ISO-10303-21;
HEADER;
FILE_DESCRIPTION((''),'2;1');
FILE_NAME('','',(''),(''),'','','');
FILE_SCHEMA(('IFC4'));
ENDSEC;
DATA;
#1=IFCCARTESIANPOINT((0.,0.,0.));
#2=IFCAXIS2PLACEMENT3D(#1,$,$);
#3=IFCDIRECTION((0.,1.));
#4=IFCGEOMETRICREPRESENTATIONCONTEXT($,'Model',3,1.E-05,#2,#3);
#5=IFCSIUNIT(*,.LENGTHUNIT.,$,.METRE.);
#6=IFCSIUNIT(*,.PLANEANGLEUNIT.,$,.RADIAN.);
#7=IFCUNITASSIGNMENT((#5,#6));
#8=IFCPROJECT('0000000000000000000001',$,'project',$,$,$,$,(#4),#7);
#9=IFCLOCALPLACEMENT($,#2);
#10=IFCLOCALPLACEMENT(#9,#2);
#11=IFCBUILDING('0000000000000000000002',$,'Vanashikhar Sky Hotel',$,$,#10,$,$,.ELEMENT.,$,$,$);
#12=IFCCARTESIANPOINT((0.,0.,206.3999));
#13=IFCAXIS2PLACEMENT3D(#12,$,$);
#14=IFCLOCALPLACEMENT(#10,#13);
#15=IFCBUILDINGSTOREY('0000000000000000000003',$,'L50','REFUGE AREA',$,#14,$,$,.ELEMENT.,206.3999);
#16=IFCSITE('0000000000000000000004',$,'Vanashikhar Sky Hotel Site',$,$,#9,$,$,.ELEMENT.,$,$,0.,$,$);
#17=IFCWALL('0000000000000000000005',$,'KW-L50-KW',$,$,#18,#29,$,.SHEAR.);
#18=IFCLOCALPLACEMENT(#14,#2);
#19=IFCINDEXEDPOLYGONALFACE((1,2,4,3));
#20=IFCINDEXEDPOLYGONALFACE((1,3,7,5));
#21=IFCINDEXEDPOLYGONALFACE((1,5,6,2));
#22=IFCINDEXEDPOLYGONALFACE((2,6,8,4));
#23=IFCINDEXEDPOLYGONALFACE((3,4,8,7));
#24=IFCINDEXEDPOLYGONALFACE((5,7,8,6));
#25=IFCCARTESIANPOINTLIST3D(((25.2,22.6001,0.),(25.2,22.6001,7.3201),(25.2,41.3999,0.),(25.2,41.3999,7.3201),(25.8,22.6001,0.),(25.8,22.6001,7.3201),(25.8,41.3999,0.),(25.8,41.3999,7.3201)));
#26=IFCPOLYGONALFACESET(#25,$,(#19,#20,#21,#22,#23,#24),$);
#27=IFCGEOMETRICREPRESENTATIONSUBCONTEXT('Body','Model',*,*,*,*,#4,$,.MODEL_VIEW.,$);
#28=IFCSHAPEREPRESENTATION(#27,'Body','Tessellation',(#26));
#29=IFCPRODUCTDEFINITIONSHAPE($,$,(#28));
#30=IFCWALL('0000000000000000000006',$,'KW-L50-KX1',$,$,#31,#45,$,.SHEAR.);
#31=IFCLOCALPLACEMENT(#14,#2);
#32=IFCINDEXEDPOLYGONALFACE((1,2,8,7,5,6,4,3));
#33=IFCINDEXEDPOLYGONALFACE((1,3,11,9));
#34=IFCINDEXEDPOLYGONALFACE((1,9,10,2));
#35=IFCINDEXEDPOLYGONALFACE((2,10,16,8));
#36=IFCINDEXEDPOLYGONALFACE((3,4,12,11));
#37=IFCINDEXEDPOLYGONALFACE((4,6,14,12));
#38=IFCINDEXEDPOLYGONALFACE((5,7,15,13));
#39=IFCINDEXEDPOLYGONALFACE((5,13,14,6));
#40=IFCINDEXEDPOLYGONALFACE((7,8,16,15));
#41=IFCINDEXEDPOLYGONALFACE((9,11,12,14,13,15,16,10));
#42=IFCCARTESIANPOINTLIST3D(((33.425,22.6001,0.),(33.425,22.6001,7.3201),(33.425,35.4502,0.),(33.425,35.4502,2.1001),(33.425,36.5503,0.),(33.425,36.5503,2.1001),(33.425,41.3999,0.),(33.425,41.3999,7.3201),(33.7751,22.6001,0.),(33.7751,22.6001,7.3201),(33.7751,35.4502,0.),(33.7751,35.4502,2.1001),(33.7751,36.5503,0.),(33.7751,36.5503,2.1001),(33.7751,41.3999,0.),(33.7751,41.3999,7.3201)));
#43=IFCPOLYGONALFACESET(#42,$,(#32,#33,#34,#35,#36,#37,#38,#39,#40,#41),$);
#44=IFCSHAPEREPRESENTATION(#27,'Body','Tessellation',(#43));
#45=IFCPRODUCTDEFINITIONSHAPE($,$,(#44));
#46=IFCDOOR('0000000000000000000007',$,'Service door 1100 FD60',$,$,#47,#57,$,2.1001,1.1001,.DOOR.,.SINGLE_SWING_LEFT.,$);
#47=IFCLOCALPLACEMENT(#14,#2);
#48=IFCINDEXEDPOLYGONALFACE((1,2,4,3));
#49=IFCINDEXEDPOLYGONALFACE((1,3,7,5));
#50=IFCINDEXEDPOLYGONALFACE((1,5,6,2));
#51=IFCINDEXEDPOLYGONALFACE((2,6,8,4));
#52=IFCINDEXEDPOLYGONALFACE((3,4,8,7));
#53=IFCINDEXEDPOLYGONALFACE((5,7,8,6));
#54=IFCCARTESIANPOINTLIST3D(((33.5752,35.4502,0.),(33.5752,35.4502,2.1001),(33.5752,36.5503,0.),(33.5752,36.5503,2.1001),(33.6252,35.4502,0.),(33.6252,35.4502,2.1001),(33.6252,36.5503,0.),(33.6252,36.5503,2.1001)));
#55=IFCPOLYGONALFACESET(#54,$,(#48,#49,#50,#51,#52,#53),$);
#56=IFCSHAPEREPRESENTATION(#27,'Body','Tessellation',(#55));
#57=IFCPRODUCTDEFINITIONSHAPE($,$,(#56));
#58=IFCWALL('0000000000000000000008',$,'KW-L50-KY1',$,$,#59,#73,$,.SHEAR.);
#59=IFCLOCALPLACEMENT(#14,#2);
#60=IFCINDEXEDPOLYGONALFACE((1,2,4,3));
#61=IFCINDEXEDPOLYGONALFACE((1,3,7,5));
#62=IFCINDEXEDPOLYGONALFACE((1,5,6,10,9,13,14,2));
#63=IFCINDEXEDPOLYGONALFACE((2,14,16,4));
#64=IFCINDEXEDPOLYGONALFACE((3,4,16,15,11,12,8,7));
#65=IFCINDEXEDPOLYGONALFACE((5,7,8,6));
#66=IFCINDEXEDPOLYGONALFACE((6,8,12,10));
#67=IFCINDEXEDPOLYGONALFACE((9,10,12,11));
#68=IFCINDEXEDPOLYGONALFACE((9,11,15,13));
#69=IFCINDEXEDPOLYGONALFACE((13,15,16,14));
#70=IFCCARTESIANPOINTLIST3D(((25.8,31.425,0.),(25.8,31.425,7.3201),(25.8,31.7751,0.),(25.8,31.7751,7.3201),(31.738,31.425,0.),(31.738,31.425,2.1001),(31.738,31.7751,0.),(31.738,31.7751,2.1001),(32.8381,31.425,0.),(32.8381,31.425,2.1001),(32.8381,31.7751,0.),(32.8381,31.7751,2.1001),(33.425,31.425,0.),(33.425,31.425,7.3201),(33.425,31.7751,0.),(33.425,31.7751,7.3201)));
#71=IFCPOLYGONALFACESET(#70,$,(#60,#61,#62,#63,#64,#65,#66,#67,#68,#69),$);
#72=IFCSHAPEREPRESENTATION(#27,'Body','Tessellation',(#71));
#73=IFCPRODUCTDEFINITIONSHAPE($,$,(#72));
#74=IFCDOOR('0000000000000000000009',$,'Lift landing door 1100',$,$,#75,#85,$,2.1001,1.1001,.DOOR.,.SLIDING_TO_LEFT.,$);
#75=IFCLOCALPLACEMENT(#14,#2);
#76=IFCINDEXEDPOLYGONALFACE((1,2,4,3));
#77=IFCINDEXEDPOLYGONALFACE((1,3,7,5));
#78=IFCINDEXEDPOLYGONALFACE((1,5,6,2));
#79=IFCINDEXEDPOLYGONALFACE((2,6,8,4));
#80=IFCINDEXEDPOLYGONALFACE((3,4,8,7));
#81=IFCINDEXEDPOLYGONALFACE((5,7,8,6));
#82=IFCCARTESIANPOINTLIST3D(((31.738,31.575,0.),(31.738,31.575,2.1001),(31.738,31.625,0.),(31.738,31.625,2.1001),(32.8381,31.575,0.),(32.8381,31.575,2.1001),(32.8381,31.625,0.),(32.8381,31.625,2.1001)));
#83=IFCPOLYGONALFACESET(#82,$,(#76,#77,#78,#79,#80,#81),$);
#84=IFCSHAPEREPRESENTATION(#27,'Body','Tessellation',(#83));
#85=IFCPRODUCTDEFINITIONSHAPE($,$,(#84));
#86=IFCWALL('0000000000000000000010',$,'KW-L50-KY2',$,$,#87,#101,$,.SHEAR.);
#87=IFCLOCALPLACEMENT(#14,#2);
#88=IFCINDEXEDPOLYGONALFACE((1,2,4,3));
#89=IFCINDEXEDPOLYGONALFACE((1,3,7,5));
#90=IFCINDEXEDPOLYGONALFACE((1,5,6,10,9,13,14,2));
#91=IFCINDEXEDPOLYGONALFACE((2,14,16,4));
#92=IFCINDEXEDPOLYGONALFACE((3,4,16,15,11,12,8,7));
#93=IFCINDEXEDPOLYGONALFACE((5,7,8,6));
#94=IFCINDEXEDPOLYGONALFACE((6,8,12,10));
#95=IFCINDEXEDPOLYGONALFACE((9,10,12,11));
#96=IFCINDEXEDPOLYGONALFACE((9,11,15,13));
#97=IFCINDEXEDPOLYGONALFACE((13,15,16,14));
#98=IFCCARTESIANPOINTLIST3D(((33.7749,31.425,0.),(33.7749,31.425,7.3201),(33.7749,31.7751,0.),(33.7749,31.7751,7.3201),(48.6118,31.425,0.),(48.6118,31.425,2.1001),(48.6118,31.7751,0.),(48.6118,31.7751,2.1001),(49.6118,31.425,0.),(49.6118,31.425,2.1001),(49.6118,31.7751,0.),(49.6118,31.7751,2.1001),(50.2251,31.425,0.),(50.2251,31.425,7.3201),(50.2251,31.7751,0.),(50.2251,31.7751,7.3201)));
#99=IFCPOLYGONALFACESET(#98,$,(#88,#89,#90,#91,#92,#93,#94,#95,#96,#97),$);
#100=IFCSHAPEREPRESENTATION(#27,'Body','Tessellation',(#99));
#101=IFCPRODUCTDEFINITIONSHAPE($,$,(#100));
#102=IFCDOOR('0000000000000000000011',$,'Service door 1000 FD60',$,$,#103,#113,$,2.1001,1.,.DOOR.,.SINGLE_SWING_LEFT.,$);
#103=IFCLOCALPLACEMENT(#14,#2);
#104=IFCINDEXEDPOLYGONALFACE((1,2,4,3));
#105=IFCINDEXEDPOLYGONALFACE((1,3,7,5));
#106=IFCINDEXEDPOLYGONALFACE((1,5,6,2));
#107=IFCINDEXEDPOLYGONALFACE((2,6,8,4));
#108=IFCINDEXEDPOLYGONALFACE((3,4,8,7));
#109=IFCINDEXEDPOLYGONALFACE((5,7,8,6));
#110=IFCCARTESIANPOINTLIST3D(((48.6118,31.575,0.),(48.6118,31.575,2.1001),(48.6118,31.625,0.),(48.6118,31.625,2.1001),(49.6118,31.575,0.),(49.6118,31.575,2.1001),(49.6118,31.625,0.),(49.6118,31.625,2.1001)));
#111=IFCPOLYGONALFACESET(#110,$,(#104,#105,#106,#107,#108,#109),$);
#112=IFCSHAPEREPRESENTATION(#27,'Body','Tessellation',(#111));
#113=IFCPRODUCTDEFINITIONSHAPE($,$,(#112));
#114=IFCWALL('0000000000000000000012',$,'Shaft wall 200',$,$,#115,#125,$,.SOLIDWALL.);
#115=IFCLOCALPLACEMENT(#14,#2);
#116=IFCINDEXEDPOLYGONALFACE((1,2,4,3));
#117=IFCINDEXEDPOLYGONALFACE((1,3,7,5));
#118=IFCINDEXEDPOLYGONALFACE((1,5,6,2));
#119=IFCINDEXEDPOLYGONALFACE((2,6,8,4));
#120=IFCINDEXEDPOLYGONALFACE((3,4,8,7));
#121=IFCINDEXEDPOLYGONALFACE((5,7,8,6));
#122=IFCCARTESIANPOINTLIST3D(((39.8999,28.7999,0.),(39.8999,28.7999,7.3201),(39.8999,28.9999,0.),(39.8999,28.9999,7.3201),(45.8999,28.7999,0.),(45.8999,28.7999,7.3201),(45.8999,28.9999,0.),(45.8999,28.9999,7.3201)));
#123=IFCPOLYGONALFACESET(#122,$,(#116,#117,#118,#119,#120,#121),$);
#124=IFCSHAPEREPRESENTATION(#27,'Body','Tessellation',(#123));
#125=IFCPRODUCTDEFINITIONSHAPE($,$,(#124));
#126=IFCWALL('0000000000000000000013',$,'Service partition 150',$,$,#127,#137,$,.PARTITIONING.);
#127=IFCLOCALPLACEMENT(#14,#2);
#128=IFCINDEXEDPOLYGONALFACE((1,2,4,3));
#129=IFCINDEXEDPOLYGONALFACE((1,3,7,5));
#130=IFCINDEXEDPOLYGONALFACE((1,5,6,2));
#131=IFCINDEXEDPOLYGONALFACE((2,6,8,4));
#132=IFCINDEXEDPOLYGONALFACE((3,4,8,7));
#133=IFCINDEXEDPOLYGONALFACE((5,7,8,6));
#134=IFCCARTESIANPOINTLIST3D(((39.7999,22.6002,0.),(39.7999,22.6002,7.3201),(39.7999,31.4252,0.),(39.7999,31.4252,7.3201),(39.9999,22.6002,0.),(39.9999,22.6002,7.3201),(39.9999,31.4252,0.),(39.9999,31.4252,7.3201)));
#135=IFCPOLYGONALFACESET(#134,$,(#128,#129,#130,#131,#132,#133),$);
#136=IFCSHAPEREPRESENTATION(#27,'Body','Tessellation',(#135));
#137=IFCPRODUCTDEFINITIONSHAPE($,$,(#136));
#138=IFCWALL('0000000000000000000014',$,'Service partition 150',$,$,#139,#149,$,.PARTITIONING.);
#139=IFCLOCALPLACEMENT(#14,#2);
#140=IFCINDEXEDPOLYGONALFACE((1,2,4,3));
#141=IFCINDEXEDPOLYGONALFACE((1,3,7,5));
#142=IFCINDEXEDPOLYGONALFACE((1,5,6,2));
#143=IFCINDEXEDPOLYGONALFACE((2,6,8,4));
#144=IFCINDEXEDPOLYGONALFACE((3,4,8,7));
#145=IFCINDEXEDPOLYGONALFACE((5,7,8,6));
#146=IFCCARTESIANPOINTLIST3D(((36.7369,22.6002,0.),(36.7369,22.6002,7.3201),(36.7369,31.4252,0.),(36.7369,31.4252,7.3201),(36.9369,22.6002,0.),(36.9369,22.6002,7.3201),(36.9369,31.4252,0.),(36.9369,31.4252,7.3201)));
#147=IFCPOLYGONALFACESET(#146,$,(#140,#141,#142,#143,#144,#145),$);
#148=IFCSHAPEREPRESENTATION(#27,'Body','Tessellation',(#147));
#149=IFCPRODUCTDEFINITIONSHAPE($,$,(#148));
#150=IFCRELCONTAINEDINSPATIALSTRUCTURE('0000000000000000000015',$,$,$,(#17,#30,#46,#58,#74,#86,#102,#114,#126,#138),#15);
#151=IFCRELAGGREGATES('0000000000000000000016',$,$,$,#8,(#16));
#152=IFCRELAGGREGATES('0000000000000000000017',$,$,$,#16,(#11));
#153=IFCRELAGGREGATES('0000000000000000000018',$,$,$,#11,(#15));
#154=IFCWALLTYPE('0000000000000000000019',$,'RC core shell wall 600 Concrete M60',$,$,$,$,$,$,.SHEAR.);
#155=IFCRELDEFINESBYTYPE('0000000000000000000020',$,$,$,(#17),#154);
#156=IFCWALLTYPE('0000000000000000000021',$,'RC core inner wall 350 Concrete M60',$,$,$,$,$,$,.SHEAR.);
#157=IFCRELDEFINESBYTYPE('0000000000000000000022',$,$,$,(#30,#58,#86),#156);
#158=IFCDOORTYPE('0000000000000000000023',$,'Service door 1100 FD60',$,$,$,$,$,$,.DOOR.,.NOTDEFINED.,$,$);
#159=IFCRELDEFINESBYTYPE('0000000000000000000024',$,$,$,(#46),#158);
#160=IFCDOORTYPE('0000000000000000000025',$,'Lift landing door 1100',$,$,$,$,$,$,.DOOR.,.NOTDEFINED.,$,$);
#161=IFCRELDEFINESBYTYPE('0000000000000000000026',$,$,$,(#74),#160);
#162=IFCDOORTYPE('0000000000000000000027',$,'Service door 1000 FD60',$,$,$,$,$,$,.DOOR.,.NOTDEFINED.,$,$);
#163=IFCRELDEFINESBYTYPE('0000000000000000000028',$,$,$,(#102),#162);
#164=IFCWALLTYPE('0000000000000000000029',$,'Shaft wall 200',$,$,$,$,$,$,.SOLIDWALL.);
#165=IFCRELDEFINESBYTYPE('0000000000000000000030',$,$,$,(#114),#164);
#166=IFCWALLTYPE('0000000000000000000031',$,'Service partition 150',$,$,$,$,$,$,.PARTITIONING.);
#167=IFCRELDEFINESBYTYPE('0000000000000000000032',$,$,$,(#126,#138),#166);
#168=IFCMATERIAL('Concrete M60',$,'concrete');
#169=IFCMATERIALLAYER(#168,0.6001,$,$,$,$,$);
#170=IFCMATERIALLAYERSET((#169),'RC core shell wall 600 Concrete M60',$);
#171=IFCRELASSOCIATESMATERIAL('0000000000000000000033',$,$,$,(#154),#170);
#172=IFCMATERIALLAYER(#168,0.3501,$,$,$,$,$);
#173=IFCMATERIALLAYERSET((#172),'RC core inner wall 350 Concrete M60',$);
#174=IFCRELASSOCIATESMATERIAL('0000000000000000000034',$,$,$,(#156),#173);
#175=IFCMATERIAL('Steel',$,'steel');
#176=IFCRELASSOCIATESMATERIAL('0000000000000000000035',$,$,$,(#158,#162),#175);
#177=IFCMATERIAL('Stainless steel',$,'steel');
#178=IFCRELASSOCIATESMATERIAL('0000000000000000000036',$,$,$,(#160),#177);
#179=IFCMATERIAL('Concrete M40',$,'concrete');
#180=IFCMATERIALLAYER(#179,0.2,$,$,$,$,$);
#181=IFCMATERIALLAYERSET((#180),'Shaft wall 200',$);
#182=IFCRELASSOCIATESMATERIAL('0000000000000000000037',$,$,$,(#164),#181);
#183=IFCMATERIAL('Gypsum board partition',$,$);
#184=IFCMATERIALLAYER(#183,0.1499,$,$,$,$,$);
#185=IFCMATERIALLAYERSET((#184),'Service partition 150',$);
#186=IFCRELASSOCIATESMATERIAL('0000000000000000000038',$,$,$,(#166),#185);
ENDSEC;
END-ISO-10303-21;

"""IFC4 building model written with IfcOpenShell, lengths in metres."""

from ifc_helpers import new_model, si_unit, direction, frame, frame_2d, origin, place, context, subcontext, project, spatial, rectangle, extrude, source, transform, mapped, material, layer, layer_set, type_object, element, fill, save


model = new_model("IFC4")

# Units and contexts
model_context = context("Model", 3, precision=1e-05, world=origin(), true_north=direction((0.0, 1.0)))
body_context = subcontext(model_context, "Body", "Model", "MODEL_VIEW")
ifc_project = project(units=[si_unit("LENGTHUNIT", "METRE"), si_unit("PLANEANGLEUNIT", "RADIAN")], contexts=[model_context])

# Site, building, storey
site_placement = place(None, origin())
site = spatial("IfcSite", under=ifc_project, at=site_placement, Name="Vanashikhar Sky Hotel Site", CompositionType="ELEMENT", RefElevation=0.0)
building_placement = place(site_placement, origin())
building = spatial("IfcBuilding", under=site, at=building_placement, Name="Vanashikhar Sky Hotel", CompositionType="ELEMENT")
storey_placement = place(building_placement, frame((0.0, 0.0, 206.3999)))
storey = spatial("IfcBuildingStorey", under=building, at=storey_placement, Name="L50", Description="REFUGE AREA", CompositionType="ELEMENT", Elevation=206.3999)

# Wall
ifc_material_1 = material(Name="Concrete M60", Category="concrete")
ifc_layer_1 = layer(ifc_material_1, 0.6001)
ifc_layer_set_1 = layer_set([ifc_layer_1], Name="RC core shell wall 600 Concrete M60")
wall_type_1 = type_object("IfcWallType", Name="RC core shell wall 600 Concrete M60", PredefinedType="SHEAR", material=ifc_layer_set_1)
shared_shape_1 = source(origin(), body_context, "Body", "SweptSolid", [
    extrude(rectangle(XDim=18.7998, YDim=0.6001, at=frame_2d((9.3999, 0.0))), origin(), (0.0, 0.0, 1.0), 7.3201),
])
wall_1_placement = place(storey_placement, frame((25.5, 22.6001, 0.0), z_axis=(0.0, 0.0, 1.0), x_axis=(0.0, 1.0, 0.0)))
element("IfcWall", 1, at=wall_1_placement, inside=storey, type_object=wall_type_1, Name="KW-L50-KW", PredefinedType="SHEAR", context=body_context, shape_type="MappedRepresentation", body=[
    mapped(shared_shape_1, transform((0.0, 0.0, 0.0), scale=1.0)),
])

# Walls, openings, doors
ifc_layer_2 = layer(ifc_material_1, 0.3501)
ifc_layer_set_2 = layer_set([ifc_layer_2], Name="RC core inner wall 350 Concrete M60")
wall_type_2 = type_object("IfcWallType", Name="RC core inner wall 350 Concrete M60", PredefinedType="SHEAR", material=ifc_layer_set_2)
shared_shape_2 = source(origin(), body_context, "Body", "SweptSolid", [
    extrude(rectangle(XDim=18.7998, YDim=0.3501, at=frame_2d((9.3999, 0.0))), origin(), (0.0, 0.0, 1.0), 7.3201),
])
wall_2_placement = place(storey_placement, frame((33.6001, 22.6001, 0.0), z_axis=(0.0, 0.0, 1.0), x_axis=(0.0, 1.0, 0.0)))
wall_2 = element("IfcWall", 2, at=wall_2_placement, inside=storey, type_object=wall_type_2, Name="KW-L50-KX1", PredefinedType="SHEAR", context=body_context, shape_type="MappedRepresentation", body=[
    mapped(shared_shape_2, transform((0.0, 0.0, 0.0), scale=1.0)),
])
shared_shape_3 = source(origin(), body_context, "Body", "SweptSolid", [
    extrude(rectangle(XDim=1.1001, YDim=2.1001, at=frame_2d((0.55, 1.05))), frame((0.0, 0.1851, 0.0), z_axis=(0.0, -1.0, 0.0), x_axis=(1.0, 0.0, 0.0)), (0.0, 0.0, 1.0), 0.3701),
])
opening_1_placement = place(wall_2_placement, frame((12.8501, 0.0, 0.0)))
opening_1 = element("IfcOpeningElement", 3, at=opening_1_placement, cuts=wall_2, PredefinedType="OPENING", context=body_context, shape_type="MappedRepresentation", body=[
    mapped(shared_shape_3, transform((0.0, 0.0, 0.0), scale=1.0)),
])
ifc_material_2 = material(Name="Steel", Category="steel")
door_type_1 = type_object("IfcDoorType", Name="Service door 1100 FD60", OperationType="NOTDEFINED", PredefinedType="DOOR", material=ifc_material_2)
shared_shape_4 = source(origin(), body_context, "Body", "SweptSolid", [
    extrude(rectangle(XDim=1.1001, YDim=2.1001, at=frame_2d((0.55, 1.05))), frame((0.0, 0.0249, 0.0), z_axis=(0.0, -1.0, 0.0), x_axis=(1.0, 0.0, 0.0)), (0.0, 0.0, 1.0), 0.05),
])
door_1_placement = place(opening_1_placement, origin())
door_1 = element("IfcDoor", 4, at=door_1_placement, inside=storey, type_object=door_type_1, Name="Service door 1100 FD60", OperationType="SINGLE_SWING_LEFT", OverallHeight=2.1001, OverallWidth=1.1001, PredefinedType="DOOR", context=body_context, shape_type="MappedRepresentation", body=[
    mapped(shared_shape_4, transform((0.0, 0.0, 0.0), scale=1.0)),
])
fill(opening_1, door_1)
shared_shape_5 = source(origin(), body_context, "Body", "SweptSolid", [
    extrude(rectangle(XDim=7.625, YDim=0.3501, at=frame_2d((3.8125, 0.0))), origin(), (0.0, 0.0, 1.0), 7.3201),
])
wall_3_placement = place(storey_placement, frame((25.8, 31.6001, 0.0), z_axis=(0.0, 0.0, 1.0), x_axis=(1.0, 0.0, 0.0)))
wall_3 = element("IfcWall", 5, at=wall_3_placement, inside=storey, type_object=wall_type_2, Name="KW-L50-KY1", PredefinedType="SHEAR", context=body_context, shape_type="MappedRepresentation", body=[
    mapped(shared_shape_5, transform((0.0, 0.0, 0.0), scale=1.0)),
])
opening_2_placement = place(wall_3_placement, frame((5.938, 0.0, 0.0)))
opening_2 = element("IfcOpeningElement", 6, at=opening_2_placement, cuts=wall_3, PredefinedType="OPENING", context=body_context, shape_type="MappedRepresentation", body=[
    mapped(shared_shape_3, transform((0.0, 0.0, 0.0), scale=1.0)),
])
ifc_material_3 = material(Name="Stainless steel", Category="steel")
door_type_2 = type_object("IfcDoorType", Name="Lift landing door 1100", OperationType="NOTDEFINED", PredefinedType="DOOR", material=ifc_material_3)
door_2_placement = place(opening_2_placement, origin())
door_2 = element("IfcDoor", 7, at=door_2_placement, inside=storey, type_object=door_type_2, Name="Lift landing door 1100", OperationType="SLIDING_TO_LEFT", OverallHeight=2.1001, OverallWidth=1.1001, PredefinedType="DOOR", context=body_context, shape_type="MappedRepresentation", body=[
    mapped(shared_shape_4, transform((0.0, 0.0, 0.0), scale=1.0)),
])
fill(opening_2, door_2)
shared_shape_6 = source(origin(), body_context, "Body", "SweptSolid", [
    extrude(rectangle(XDim=16.4502, YDim=0.3501, at=frame_2d((8.2251, 0.0))), origin(), (0.0, 0.0, 1.0), 7.3201),
])
wall_4_placement = place(storey_placement, frame((33.7749, 31.6001, 0.0), z_axis=(0.0, 0.0, 1.0), x_axis=(1.0, 0.0, 0.0)))
wall_4 = element("IfcWall", 8, at=wall_4_placement, inside=storey, type_object=wall_type_2, Name="KW-L50-KY2", PredefinedType="SHEAR", context=body_context, shape_type="MappedRepresentation", body=[
    mapped(shared_shape_6, transform((0.0, 0.0, 0.0), scale=1.0)),
])
shared_shape_7 = source(origin(), body_context, "Body", "SweptSolid", [
    extrude(rectangle(XDim=1.0, YDim=2.1001, at=frame_2d((0.5, 1.05))), frame((0.0, 0.1851, 0.0), z_axis=(0.0, -1.0, 0.0), x_axis=(1.0, 0.0, 0.0)), (0.0, 0.0, 1.0), 0.3701),
])
opening_3_placement = place(wall_4_placement, frame((14.8369, 0.0, 0.0)))
opening_3 = element("IfcOpeningElement", 9, at=opening_3_placement, cuts=wall_4, PredefinedType="OPENING", context=body_context, shape_type="MappedRepresentation", body=[
    mapped(shared_shape_7, transform((0.0, 0.0, 0.0), scale=1.0)),
])
door_type_3 = type_object("IfcDoorType", Name="Service door 1000 FD60", OperationType="NOTDEFINED", PredefinedType="DOOR", material=ifc_material_2)
shared_shape_8 = source(origin(), body_context, "Body", "SweptSolid", [
    extrude(rectangle(XDim=1.0, YDim=2.1001, at=frame_2d((0.5, 1.05))), frame((0.0, 0.0249, 0.0), z_axis=(0.0, -1.0, 0.0), x_axis=(1.0, 0.0, 0.0)), (0.0, 0.0, 1.0), 0.05),
])
door_3_placement = place(opening_3_placement, origin())
door_3 = element("IfcDoor", 10, at=door_3_placement, inside=storey, type_object=door_type_3, Name="Service door 1000 FD60", OperationType="SINGLE_SWING_LEFT", OverallHeight=2.1001, OverallWidth=1.0, PredefinedType="DOOR", context=body_context, shape_type="MappedRepresentation", body=[
    mapped(shared_shape_8, transform((0.0, 0.0, 0.0), scale=1.0)),
])
fill(opening_3, door_3)

# Walls
ifc_material_4 = material(Name="Concrete M40", Category="concrete")
ifc_layer_3 = layer(ifc_material_4, 0.2)
ifc_layer_set_3 = layer_set([ifc_layer_3], Name="Shaft wall 200")
wall_type_3 = type_object("IfcWallType", Name="Shaft wall 200", PredefinedType="SOLIDWALL", material=ifc_layer_set_3)
shared_shape_9 = source(origin(), body_context, "Body", "SweptSolid", [
    extrude(rectangle(XDim=6.0, YDim=0.2, at=frame_2d((3.0, 0.0))), origin(), (0.0, 0.0, 1.0), 7.3201),
])
wall_5_placement = place(storey_placement, frame((39.8999, 28.8999, 0.0), z_axis=(0.0, 0.0, 1.0), x_axis=(1.0, 0.0, 0.0)))
element("IfcWall", 11, at=wall_5_placement, inside=storey, type_object=wall_type_3, Name="Shaft wall 200", PredefinedType="SOLIDWALL", context=body_context, shape_type="MappedRepresentation", body=[
    mapped(shared_shape_9, transform((0.0, 0.0, 0.0), scale=1.0)),
])
ifc_material_5 = material(Name="Gypsum board partition")
ifc_layer_4 = layer(ifc_material_5, 0.1499)
ifc_layer_set_4 = layer_set([ifc_layer_4], Name="Service partition 150")
wall_type_4 = type_object("IfcWallType", Name="Service partition 150", PredefinedType="PARTITIONING", material=ifc_layer_set_4)
shared_shape_10 = source(origin(), body_context, "Body", "SweptSolid", [
    extrude(rectangle(XDim=8.825, YDim=0.2, at=frame_2d((4.4126, 0.0))), origin(), (0.0, 0.0, 1.0), 7.3201),
])
for number, where, z_axis, x_axis, name in (
    (12, (39.8999, 22.6001, 0.0), (0.0, 0.0, 1.0), (0.0, 1.0, 0.0), "Service partition 150"),
    (13, (36.8369, 22.6001, 0.0), (0.0, 0.0, 1.0), (0.0, 1.0, 0.0), "Service partition 150"),
):
    element("IfcWall", number, at=place(storey_placement, frame(where, z_axis=z_axis, x_axis=x_axis)), inside=storey, type_object=wall_type_4, Name=name, PredefinedType="PARTITIONING", context=body_context, shape_type="MappedRepresentation", body=[
        mapped(shared_shape_10, transform((0.0, 0.0, 0.0), scale=1.0)),
    ])

save(model, "model.ifc")
